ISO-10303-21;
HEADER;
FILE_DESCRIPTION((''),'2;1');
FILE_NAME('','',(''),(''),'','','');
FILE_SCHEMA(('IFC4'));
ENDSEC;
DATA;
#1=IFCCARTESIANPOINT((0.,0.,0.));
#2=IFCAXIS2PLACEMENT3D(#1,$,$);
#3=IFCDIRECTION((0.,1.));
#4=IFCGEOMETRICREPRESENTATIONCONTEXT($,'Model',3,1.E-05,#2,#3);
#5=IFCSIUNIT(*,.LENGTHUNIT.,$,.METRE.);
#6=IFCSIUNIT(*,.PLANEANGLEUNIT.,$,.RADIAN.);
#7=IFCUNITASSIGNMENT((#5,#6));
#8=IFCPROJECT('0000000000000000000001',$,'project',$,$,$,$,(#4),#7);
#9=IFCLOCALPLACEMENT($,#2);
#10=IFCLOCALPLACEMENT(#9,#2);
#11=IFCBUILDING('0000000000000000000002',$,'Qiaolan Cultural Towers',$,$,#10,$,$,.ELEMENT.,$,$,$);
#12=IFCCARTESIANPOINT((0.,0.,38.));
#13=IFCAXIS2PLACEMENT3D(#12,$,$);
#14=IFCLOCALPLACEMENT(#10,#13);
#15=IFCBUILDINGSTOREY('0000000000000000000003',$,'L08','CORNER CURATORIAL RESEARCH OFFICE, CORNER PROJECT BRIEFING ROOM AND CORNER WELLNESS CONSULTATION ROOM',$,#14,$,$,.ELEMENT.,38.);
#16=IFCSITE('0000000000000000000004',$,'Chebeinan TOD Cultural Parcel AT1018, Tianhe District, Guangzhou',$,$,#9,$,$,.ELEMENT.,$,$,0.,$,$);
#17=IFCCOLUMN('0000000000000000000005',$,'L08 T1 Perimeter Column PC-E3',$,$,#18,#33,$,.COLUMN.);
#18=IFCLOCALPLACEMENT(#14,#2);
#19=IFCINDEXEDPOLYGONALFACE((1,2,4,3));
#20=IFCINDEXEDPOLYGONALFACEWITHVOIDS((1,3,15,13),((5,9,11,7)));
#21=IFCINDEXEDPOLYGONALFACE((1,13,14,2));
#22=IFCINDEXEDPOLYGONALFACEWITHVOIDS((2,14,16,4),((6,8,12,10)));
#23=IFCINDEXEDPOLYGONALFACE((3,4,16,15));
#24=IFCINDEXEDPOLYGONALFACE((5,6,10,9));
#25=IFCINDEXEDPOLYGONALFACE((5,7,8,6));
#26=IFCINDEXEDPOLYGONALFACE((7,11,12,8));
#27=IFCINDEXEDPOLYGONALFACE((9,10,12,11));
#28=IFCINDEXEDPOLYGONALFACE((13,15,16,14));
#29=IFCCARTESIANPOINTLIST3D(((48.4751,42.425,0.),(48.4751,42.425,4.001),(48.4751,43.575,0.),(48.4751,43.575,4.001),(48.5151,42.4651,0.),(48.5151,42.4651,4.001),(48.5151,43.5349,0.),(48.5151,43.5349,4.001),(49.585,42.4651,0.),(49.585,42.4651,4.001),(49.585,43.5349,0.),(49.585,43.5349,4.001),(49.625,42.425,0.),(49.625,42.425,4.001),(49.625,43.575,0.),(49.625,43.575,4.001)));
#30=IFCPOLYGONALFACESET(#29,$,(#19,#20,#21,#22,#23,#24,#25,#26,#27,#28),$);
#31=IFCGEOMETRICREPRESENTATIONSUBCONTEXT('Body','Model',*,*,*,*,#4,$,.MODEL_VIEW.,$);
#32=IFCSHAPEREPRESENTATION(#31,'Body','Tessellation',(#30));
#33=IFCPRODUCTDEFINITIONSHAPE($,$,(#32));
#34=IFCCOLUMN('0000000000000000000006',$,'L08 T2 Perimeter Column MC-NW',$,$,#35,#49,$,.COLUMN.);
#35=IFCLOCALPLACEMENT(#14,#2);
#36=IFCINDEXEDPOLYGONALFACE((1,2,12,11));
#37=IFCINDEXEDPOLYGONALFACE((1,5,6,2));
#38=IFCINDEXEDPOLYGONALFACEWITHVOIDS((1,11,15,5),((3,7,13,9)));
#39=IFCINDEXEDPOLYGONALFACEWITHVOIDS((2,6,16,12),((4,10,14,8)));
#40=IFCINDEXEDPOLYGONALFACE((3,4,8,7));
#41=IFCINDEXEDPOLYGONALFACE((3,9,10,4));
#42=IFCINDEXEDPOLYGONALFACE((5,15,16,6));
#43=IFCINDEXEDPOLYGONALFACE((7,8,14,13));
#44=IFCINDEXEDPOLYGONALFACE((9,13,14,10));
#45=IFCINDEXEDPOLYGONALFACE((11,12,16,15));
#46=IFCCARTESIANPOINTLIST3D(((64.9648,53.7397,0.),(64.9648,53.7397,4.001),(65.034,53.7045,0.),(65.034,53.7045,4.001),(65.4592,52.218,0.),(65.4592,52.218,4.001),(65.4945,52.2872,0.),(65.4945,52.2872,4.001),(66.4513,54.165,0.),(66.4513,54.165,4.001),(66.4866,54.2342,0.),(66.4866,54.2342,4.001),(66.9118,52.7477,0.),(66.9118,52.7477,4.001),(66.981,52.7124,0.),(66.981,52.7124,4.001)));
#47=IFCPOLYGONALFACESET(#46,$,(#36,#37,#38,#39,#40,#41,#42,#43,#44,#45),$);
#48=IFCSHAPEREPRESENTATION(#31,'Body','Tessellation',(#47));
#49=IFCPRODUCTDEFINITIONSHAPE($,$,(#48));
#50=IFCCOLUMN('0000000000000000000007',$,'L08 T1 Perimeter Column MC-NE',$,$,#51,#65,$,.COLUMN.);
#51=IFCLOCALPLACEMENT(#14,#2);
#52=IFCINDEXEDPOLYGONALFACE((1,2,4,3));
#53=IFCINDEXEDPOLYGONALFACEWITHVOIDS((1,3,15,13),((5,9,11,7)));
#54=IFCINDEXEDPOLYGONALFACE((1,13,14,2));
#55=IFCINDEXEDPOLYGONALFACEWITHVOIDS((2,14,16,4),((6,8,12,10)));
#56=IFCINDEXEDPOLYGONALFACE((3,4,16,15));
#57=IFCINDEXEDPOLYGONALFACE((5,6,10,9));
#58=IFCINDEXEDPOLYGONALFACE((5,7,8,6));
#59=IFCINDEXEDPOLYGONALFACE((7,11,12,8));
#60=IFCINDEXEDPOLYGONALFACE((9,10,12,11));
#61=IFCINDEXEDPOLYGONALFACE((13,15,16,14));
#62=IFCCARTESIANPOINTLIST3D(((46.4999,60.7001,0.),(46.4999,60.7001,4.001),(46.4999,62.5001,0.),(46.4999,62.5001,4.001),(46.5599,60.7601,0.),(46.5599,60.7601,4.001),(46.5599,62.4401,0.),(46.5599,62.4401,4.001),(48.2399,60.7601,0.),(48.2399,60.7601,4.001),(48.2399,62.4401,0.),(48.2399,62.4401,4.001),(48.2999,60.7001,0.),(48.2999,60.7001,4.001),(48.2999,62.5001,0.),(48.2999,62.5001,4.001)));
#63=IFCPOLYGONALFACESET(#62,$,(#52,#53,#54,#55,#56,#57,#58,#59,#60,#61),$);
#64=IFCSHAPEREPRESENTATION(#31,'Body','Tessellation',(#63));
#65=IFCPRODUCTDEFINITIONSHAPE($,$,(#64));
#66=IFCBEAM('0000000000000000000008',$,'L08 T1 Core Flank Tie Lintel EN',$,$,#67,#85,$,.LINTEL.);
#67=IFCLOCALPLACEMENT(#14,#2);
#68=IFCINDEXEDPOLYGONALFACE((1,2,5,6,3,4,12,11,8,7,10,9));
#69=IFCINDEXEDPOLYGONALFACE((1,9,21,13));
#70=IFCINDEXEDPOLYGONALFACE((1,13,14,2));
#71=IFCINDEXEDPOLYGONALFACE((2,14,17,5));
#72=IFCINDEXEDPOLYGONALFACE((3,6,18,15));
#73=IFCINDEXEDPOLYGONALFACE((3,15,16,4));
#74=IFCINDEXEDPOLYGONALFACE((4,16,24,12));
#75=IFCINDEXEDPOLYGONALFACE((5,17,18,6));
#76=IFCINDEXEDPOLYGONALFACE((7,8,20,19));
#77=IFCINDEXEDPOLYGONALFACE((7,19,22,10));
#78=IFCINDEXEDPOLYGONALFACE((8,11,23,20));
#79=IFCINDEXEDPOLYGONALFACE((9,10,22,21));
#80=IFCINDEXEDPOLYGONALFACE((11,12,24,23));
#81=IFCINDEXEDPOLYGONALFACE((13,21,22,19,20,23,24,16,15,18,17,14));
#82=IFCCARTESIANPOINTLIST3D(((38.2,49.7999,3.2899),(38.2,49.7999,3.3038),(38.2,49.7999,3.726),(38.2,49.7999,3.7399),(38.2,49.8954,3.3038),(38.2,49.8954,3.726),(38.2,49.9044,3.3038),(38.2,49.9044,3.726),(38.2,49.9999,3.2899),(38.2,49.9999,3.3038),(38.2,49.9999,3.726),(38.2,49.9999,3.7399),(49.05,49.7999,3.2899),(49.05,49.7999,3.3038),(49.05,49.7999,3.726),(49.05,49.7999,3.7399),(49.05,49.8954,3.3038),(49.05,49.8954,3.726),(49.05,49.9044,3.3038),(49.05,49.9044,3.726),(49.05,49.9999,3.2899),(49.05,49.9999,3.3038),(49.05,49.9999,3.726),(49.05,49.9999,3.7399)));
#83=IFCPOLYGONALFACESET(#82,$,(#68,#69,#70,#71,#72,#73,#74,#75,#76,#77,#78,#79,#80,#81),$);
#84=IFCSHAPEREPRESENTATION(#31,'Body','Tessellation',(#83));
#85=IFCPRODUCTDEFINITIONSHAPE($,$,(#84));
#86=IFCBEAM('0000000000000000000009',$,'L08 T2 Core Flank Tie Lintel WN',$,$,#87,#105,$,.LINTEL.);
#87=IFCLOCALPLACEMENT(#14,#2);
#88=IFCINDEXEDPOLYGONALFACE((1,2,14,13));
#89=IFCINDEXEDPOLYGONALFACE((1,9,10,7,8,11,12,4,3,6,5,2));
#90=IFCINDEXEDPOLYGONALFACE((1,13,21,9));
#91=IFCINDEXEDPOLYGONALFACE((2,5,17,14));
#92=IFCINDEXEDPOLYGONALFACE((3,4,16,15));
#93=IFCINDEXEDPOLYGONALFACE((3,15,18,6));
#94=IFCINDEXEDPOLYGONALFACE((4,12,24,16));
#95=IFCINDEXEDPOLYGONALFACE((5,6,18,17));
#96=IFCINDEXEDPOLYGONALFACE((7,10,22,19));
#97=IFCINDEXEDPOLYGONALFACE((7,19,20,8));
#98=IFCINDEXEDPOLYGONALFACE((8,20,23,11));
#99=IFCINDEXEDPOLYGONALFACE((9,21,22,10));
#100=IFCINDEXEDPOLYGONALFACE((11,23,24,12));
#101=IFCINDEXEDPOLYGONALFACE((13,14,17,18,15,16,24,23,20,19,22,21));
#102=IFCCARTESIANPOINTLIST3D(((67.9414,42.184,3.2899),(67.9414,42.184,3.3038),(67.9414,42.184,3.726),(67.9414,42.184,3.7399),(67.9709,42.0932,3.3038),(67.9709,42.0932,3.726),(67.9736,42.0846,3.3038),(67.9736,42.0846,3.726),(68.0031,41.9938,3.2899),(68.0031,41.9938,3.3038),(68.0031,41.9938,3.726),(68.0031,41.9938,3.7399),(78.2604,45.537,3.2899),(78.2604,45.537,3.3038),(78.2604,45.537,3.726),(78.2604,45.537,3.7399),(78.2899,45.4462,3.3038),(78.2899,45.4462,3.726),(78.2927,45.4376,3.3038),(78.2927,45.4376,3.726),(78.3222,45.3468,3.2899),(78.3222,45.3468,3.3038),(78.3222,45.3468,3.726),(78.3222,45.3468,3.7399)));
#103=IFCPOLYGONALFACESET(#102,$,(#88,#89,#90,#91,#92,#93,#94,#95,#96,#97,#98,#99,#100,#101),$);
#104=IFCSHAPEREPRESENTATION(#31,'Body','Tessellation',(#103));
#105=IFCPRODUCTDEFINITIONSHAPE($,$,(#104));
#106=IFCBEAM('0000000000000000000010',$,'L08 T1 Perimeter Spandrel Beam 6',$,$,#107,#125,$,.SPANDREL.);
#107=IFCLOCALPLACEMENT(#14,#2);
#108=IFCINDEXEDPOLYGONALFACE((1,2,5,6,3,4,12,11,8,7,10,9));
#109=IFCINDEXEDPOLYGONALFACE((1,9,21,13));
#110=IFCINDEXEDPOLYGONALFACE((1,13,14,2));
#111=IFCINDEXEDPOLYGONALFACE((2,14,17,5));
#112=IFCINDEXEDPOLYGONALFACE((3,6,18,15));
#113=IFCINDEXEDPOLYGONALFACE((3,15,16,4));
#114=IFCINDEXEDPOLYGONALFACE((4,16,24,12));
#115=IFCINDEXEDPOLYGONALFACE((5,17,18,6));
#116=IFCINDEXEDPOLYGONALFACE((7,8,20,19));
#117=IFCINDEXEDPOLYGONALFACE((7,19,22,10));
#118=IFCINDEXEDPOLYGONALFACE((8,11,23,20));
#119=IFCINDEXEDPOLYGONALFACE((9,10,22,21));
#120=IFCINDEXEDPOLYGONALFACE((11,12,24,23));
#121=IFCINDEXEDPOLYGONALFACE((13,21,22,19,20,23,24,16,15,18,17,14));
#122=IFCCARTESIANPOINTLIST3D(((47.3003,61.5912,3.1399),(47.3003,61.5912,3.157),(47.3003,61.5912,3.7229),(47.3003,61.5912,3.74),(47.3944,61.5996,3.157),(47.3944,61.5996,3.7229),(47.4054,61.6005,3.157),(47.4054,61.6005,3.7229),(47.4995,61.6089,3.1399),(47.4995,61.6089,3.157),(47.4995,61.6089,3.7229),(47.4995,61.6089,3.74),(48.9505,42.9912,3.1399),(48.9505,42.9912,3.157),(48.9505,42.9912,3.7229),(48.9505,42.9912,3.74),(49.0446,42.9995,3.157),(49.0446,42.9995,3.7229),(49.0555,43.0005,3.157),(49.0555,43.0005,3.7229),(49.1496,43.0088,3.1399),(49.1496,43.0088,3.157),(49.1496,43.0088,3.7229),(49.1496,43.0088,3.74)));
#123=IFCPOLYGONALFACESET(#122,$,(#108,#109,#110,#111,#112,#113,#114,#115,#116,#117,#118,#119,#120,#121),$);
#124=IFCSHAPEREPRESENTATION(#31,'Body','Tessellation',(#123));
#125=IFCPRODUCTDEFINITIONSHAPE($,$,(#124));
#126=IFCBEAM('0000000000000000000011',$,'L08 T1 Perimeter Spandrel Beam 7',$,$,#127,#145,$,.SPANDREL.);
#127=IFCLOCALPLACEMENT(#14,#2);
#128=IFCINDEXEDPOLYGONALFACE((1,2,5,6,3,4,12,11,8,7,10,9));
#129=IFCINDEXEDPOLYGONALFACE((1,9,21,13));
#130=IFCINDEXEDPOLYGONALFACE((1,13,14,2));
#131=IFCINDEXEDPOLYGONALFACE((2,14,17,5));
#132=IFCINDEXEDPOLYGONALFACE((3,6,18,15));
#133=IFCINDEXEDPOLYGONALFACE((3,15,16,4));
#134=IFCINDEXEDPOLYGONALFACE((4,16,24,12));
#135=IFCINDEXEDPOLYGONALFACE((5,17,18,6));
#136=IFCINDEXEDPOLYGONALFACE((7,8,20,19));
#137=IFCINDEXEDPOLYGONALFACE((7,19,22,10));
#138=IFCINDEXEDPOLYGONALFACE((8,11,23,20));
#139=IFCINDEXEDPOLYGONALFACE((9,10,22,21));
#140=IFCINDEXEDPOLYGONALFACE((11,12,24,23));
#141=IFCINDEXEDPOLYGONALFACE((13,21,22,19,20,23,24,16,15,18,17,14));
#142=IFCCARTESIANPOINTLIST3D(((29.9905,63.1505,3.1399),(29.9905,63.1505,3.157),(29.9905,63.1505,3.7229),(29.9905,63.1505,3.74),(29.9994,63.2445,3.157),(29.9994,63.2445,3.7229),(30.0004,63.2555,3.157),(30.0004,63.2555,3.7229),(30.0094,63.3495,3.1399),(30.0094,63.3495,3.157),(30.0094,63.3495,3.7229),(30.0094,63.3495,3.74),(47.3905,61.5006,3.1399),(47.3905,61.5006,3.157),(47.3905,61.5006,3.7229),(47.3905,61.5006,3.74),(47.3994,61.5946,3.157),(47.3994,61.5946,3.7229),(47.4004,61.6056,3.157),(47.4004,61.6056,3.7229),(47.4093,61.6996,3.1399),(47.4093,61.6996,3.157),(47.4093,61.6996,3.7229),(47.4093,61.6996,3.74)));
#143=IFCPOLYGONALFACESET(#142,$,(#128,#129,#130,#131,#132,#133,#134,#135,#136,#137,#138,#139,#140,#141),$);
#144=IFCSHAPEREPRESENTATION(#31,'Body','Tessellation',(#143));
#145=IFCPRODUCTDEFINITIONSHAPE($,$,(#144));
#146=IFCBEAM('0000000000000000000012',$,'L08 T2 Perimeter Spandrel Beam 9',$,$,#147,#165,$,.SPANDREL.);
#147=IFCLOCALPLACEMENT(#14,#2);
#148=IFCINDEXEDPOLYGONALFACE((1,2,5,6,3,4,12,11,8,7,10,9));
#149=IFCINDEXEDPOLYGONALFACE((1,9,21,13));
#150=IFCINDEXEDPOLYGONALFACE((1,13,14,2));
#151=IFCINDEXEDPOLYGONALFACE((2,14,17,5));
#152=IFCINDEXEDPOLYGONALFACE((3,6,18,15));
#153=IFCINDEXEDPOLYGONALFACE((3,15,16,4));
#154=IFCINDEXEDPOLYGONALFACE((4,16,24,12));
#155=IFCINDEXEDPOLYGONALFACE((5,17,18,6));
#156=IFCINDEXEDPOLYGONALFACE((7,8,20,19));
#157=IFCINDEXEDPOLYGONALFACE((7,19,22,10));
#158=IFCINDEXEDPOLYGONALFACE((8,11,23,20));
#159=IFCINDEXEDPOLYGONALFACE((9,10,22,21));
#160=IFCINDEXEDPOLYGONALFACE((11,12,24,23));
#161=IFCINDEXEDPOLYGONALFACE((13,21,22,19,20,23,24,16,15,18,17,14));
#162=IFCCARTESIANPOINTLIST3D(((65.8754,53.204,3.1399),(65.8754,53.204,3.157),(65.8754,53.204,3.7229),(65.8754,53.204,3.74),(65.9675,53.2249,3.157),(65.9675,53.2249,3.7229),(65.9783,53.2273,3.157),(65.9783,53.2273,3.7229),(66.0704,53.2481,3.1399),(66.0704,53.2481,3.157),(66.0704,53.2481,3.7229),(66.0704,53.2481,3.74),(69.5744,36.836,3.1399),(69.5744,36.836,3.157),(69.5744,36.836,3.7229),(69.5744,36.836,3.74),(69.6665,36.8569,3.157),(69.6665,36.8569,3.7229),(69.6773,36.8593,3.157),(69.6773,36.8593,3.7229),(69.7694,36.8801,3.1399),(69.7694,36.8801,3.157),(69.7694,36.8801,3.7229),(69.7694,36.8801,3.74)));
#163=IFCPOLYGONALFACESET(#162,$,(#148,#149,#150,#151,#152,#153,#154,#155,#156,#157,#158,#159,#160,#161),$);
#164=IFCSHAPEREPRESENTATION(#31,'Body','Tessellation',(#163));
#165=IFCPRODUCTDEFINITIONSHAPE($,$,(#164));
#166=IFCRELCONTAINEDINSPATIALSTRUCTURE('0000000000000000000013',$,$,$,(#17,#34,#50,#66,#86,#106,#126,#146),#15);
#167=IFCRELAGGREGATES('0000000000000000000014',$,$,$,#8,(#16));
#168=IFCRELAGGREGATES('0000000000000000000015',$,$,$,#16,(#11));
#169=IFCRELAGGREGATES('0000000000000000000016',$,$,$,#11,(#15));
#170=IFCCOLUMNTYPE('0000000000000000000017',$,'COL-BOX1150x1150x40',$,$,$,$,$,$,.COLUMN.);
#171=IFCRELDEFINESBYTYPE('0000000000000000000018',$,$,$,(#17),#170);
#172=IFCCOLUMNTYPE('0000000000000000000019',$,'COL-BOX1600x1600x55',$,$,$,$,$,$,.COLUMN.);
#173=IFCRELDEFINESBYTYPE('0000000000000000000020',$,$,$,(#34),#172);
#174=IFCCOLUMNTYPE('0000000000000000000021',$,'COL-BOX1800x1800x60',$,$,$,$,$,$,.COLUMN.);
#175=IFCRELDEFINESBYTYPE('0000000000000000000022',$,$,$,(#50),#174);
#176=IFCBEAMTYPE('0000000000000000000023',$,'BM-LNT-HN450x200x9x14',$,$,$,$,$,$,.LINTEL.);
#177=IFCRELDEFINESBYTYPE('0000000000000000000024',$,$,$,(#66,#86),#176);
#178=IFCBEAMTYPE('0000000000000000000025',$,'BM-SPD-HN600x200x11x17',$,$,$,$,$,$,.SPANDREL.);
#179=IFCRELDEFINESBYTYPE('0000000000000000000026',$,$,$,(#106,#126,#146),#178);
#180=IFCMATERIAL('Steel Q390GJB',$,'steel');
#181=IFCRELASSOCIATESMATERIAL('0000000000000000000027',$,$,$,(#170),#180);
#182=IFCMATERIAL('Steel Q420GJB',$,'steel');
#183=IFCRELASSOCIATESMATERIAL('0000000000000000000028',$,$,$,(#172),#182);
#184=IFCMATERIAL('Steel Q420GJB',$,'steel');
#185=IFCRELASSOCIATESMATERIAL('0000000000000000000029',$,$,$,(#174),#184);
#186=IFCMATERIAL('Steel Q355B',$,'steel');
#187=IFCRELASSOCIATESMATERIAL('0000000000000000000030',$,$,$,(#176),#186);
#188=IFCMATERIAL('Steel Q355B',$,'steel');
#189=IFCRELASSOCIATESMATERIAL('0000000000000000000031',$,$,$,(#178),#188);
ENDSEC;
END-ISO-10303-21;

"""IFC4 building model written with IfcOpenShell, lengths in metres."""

from ifc_helpers import new_model, si_unit, direction, frame, origin, origin_2d, place, context, subcontext, project, spatial, hollow_rectangle, i_section, extrude, material, material_profile, profile_set, type_object, element, save


model = new_model("IFC4")

# Units and contexts
model_context = context("Model", 3, precision=1e-05, world=origin(), true_north=direction((0.0, 1.0)))
body_context = subcontext(model_context, "Body", "Model", "MODEL_VIEW")
ifc_project = project(units=[si_unit("LENGTHUNIT", "METRE"), si_unit("PLANEANGLEUNIT", "RADIAN")], contexts=[model_context])

# Site, building, storey
site_placement = place(None, origin())
site = spatial("IfcSite", under=ifc_project, at=site_placement, Name="Chebeinan TOD Cultural Parcel AT1018, Tianhe District, Guangzhou", CompositionType="ELEMENT", RefElevation=0.0)
building_placement = place(site_placement, origin())
building = spatial("IfcBuilding", under=site, at=building_placement, Name="Qiaolan Cultural Towers", CompositionType="ELEMENT")
storey_placement = place(building_placement, frame((0.0, 0.0, 38.0)))
storey = spatial("IfcBuildingStorey", under=building, at=storey_placement, Name="L08", Description="CORNER CURATORIAL RESEARCH OFFICE, CORNER PROJECT BRIEFING ROOM AND CORNER WELLNESS CONSULTATION ROOM", CompositionType="ELEMENT", Elevation=38.0)

# Columns
ifc_material_1 = material(Name="Steel Q390GJB", Category="steel")
ifc_material_profile_1 = material_profile(ifc_material_1, hollow_rectangle(XDim=1.1499, YDim=1.1499, WallThickness=0.04, at=origin_2d()), Name="BOX1150x1150x40")
ifc_profile_set_1 = profile_set([ifc_material_profile_1], Name="Steel Q390GJB")
column_type_1 = type_object("IfcColumnType", Name="COL-BOX1150x1150x40", PredefinedType="COLUMN", material=ifc_profile_set_1)
column_1_placement = place(storey_placement, frame((49.05, 43.0, 0.0), z_axis=(0.0, 0.0, 1.0), x_axis=(1.0, 0.0, 0.0)))
element("IfcColumn", 1, at=column_1_placement, inside=storey, type_object=column_type_1, Name="L08 T1 Perimeter Column PC-E3", PredefinedType="COLUMN", context=body_context, shape_type="SweptSolid", body=[
    extrude(hollow_rectangle(XDim=1.1499, YDim=1.1499, WallThickness=0.04, at=origin_2d()), origin(), (0.0, 0.0, 1.0), 4.001),
])
ifc_material_2 = material(Name="Steel Q420GJB", Category="steel")
ifc_material_profile_2 = material_profile(ifc_material_2, hollow_rectangle(XDim=1.6001, YDim=1.6001, WallThickness=0.0549, at=origin_2d()), Name="BOX1600x1600x55")
ifc_profile_set_2 = profile_set([ifc_material_profile_2], Name="Steel Q420GJB")
column_type_2 = type_object("IfcColumnType", Name="COL-BOX1600x1600x55", PredefinedType="COLUMN", material=ifc_profile_set_2)
column_2_placement = place(storey_placement, frame((65.9729, 53.2261, 0.0), z_axis=(0.0, 0.0, 1.0), x_axis=(0.951057, 0.309017, 0.0)))
element("IfcColumn", 2, at=column_2_placement, inside=storey, type_object=column_type_2, Name="L08 T2 Perimeter Column MC-NW", PredefinedType="COLUMN", context=body_context, shape_type="SweptSolid", body=[
    extrude(hollow_rectangle(XDim=1.6001, YDim=1.6001, WallThickness=0.0549, at=origin_2d()), origin(), (0.0, 0.0, 1.0), 4.001),
])
ifc_material_3 = material(Name="Steel Q420GJB", Category="steel")
ifc_material_profile_3 = material_profile(ifc_material_3, hollow_rectangle(XDim=1.8, YDim=1.8, WallThickness=0.0601, at=origin_2d()), Name="BOX1800x1800x60")
ifc_profile_set_3 = profile_set([ifc_material_profile_3], Name="Steel Q420GJB")
column_type_3 = type_object("IfcColumnType", Name="COL-BOX1800x1800x60", PredefinedType="COLUMN", material=ifc_profile_set_3)
column_3_placement = place(storey_placement, frame((47.3999, 61.6001, 0.0), z_axis=(0.0, 0.0, 1.0), x_axis=(1.0, 0.0, 0.0)))
element("IfcColumn", 3, at=column_3_placement, inside=storey, type_object=column_type_3, Name="L08 T1 Perimeter Column MC-NE", PredefinedType="COLUMN", context=body_context, shape_type="SweptSolid", body=[
    extrude(hollow_rectangle(XDim=1.8, YDim=1.8, WallThickness=0.0601, at=origin_2d()), origin(), (0.0, 0.0, 1.0), 4.001),
])

# Beams
ifc_material_4 = material(Name="Steel Q355B", Category="steel")
ifc_material_profile_4 = material_profile(ifc_material_4, i_section(OverallWidth=0.2, OverallDepth=0.45, WebThickness=0.009, FlangeThickness=0.0139, at=origin_2d()), Name="HN450x200x9x14")
ifc_profile_set_4 = profile_set([ifc_material_profile_4], Name="Steel Q355B")
beam_type_1 = type_object("IfcBeamType", Name="BM-LNT-HN450x200x9x14", PredefinedType="LINTEL", material=ifc_profile_set_4)
for number, where, z_axis, x_axis, name in (
    (4, (38.2, 49.8999, 3.5149), (1.0, 0.0, 0.0), (0.0, 1.0, 0.0), "L08 T1 Core Flank Tie Lintel EN"),
    (5, (78.2913, 45.4419, 3.5149), (-0.951052, -0.30903, 0.0), (0.30903, -0.951052, 0.0), "L08 T2 Core Flank Tie Lintel WN"),
):
    element("IfcBeam", number, at=place(storey_placement, frame(where, z_axis=z_axis, x_axis=x_axis)), inside=storey, type_object=beam_type_1, Name=name, PredefinedType="LINTEL", context=body_context, shape_type="SweptSolid", body=[
        extrude(i_section(OverallWidth=0.2, OverallDepth=0.45, WebThickness=0.009, FlangeThickness=0.0139, at=origin_2d()), origin(), (0.0, 0.0, 1.0), 10.8501),
    ])
ifc_material_5 = material(Name="Steel Q355B", Category="steel")
ifc_material_profile_5 = material_profile(ifc_material_5, i_section(OverallWidth=0.2, OverallDepth=0.6001, WebThickness=0.011, FlangeThickness=0.0171, at=origin_2d()), Name="HN600x200x11x17")
ifc_profile_set_5 = profile_set([ifc_material_profile_5], Name="Steel Q355B")
beam_type_2 = type_object("IfcBeamType", Name="BM-SPD-HN600x200x11x17", PredefinedType="SPANDREL", material=ifc_profile_set_5)
beam_1_placement = place(storey_placement, frame((49.05, 43.0, 3.4399), z_axis=(-0.08837, 0.996088, 0.0), x_axis=(-0.996088, -0.08837, 0.0)))
element("IfcBeam", 6, at=beam_1_placement, inside=storey, type_object=beam_type_2, Name="L08 T1 Perimeter Spandrel Beam 6", PredefinedType="SPANDREL", context=body_context, shape_type="SweptSolid", body=[
    extrude(i_section(OverallWidth=0.2, OverallDepth=0.6001, WebThickness=0.011, FlangeThickness=0.0171, at=origin_2d()), origin(), (0.0, 0.0, 1.0), 18.6731),
])
beam_2_placement = place(storey_placement, frame((47.3999, 61.6001, 3.4399), z_axis=(-0.995534, 0.094399, 0.0), x_axis=(-0.094399, -0.995534, 0.0)))
element("IfcBeam", 7, at=beam_2_placement, inside=storey, type_object=beam_type_2, Name="L08 T1 Perimeter Spandrel Beam 7", PredefinedType="SPANDREL", context=body_context, shape_type="SweptSolid", body=[
    extrude(i_section(OverallWidth=0.2, OverallDepth=0.6001, WebThickness=0.011, FlangeThickness=0.0171, at=origin_2d()), origin(), (0.0, 0.0, 1.0), 17.478),
])
beam_3_placement = place(storey_placement, frame((65.9729, 53.2261, 3.4399), z_axis=(0.220431, -0.975403, 0.0), x_axis=(0.975403, 0.220431, 0.0)))
element("IfcBeam", 8, at=beam_3_placement, inside=storey, type_object=beam_type_2, Name="L08 T2 Perimeter Spandrel Beam 9", PredefinedType="SPANDREL", context=body_context, shape_type="SweptSolid", body=[
    extrude(i_section(OverallWidth=0.2, OverallDepth=0.6001, WebThickness=0.011, FlangeThickness=0.0171, at=origin_2d()), origin(), (0.0, 0.0, 1.0), 16.7808),
])

save(model, "model.ifc")
